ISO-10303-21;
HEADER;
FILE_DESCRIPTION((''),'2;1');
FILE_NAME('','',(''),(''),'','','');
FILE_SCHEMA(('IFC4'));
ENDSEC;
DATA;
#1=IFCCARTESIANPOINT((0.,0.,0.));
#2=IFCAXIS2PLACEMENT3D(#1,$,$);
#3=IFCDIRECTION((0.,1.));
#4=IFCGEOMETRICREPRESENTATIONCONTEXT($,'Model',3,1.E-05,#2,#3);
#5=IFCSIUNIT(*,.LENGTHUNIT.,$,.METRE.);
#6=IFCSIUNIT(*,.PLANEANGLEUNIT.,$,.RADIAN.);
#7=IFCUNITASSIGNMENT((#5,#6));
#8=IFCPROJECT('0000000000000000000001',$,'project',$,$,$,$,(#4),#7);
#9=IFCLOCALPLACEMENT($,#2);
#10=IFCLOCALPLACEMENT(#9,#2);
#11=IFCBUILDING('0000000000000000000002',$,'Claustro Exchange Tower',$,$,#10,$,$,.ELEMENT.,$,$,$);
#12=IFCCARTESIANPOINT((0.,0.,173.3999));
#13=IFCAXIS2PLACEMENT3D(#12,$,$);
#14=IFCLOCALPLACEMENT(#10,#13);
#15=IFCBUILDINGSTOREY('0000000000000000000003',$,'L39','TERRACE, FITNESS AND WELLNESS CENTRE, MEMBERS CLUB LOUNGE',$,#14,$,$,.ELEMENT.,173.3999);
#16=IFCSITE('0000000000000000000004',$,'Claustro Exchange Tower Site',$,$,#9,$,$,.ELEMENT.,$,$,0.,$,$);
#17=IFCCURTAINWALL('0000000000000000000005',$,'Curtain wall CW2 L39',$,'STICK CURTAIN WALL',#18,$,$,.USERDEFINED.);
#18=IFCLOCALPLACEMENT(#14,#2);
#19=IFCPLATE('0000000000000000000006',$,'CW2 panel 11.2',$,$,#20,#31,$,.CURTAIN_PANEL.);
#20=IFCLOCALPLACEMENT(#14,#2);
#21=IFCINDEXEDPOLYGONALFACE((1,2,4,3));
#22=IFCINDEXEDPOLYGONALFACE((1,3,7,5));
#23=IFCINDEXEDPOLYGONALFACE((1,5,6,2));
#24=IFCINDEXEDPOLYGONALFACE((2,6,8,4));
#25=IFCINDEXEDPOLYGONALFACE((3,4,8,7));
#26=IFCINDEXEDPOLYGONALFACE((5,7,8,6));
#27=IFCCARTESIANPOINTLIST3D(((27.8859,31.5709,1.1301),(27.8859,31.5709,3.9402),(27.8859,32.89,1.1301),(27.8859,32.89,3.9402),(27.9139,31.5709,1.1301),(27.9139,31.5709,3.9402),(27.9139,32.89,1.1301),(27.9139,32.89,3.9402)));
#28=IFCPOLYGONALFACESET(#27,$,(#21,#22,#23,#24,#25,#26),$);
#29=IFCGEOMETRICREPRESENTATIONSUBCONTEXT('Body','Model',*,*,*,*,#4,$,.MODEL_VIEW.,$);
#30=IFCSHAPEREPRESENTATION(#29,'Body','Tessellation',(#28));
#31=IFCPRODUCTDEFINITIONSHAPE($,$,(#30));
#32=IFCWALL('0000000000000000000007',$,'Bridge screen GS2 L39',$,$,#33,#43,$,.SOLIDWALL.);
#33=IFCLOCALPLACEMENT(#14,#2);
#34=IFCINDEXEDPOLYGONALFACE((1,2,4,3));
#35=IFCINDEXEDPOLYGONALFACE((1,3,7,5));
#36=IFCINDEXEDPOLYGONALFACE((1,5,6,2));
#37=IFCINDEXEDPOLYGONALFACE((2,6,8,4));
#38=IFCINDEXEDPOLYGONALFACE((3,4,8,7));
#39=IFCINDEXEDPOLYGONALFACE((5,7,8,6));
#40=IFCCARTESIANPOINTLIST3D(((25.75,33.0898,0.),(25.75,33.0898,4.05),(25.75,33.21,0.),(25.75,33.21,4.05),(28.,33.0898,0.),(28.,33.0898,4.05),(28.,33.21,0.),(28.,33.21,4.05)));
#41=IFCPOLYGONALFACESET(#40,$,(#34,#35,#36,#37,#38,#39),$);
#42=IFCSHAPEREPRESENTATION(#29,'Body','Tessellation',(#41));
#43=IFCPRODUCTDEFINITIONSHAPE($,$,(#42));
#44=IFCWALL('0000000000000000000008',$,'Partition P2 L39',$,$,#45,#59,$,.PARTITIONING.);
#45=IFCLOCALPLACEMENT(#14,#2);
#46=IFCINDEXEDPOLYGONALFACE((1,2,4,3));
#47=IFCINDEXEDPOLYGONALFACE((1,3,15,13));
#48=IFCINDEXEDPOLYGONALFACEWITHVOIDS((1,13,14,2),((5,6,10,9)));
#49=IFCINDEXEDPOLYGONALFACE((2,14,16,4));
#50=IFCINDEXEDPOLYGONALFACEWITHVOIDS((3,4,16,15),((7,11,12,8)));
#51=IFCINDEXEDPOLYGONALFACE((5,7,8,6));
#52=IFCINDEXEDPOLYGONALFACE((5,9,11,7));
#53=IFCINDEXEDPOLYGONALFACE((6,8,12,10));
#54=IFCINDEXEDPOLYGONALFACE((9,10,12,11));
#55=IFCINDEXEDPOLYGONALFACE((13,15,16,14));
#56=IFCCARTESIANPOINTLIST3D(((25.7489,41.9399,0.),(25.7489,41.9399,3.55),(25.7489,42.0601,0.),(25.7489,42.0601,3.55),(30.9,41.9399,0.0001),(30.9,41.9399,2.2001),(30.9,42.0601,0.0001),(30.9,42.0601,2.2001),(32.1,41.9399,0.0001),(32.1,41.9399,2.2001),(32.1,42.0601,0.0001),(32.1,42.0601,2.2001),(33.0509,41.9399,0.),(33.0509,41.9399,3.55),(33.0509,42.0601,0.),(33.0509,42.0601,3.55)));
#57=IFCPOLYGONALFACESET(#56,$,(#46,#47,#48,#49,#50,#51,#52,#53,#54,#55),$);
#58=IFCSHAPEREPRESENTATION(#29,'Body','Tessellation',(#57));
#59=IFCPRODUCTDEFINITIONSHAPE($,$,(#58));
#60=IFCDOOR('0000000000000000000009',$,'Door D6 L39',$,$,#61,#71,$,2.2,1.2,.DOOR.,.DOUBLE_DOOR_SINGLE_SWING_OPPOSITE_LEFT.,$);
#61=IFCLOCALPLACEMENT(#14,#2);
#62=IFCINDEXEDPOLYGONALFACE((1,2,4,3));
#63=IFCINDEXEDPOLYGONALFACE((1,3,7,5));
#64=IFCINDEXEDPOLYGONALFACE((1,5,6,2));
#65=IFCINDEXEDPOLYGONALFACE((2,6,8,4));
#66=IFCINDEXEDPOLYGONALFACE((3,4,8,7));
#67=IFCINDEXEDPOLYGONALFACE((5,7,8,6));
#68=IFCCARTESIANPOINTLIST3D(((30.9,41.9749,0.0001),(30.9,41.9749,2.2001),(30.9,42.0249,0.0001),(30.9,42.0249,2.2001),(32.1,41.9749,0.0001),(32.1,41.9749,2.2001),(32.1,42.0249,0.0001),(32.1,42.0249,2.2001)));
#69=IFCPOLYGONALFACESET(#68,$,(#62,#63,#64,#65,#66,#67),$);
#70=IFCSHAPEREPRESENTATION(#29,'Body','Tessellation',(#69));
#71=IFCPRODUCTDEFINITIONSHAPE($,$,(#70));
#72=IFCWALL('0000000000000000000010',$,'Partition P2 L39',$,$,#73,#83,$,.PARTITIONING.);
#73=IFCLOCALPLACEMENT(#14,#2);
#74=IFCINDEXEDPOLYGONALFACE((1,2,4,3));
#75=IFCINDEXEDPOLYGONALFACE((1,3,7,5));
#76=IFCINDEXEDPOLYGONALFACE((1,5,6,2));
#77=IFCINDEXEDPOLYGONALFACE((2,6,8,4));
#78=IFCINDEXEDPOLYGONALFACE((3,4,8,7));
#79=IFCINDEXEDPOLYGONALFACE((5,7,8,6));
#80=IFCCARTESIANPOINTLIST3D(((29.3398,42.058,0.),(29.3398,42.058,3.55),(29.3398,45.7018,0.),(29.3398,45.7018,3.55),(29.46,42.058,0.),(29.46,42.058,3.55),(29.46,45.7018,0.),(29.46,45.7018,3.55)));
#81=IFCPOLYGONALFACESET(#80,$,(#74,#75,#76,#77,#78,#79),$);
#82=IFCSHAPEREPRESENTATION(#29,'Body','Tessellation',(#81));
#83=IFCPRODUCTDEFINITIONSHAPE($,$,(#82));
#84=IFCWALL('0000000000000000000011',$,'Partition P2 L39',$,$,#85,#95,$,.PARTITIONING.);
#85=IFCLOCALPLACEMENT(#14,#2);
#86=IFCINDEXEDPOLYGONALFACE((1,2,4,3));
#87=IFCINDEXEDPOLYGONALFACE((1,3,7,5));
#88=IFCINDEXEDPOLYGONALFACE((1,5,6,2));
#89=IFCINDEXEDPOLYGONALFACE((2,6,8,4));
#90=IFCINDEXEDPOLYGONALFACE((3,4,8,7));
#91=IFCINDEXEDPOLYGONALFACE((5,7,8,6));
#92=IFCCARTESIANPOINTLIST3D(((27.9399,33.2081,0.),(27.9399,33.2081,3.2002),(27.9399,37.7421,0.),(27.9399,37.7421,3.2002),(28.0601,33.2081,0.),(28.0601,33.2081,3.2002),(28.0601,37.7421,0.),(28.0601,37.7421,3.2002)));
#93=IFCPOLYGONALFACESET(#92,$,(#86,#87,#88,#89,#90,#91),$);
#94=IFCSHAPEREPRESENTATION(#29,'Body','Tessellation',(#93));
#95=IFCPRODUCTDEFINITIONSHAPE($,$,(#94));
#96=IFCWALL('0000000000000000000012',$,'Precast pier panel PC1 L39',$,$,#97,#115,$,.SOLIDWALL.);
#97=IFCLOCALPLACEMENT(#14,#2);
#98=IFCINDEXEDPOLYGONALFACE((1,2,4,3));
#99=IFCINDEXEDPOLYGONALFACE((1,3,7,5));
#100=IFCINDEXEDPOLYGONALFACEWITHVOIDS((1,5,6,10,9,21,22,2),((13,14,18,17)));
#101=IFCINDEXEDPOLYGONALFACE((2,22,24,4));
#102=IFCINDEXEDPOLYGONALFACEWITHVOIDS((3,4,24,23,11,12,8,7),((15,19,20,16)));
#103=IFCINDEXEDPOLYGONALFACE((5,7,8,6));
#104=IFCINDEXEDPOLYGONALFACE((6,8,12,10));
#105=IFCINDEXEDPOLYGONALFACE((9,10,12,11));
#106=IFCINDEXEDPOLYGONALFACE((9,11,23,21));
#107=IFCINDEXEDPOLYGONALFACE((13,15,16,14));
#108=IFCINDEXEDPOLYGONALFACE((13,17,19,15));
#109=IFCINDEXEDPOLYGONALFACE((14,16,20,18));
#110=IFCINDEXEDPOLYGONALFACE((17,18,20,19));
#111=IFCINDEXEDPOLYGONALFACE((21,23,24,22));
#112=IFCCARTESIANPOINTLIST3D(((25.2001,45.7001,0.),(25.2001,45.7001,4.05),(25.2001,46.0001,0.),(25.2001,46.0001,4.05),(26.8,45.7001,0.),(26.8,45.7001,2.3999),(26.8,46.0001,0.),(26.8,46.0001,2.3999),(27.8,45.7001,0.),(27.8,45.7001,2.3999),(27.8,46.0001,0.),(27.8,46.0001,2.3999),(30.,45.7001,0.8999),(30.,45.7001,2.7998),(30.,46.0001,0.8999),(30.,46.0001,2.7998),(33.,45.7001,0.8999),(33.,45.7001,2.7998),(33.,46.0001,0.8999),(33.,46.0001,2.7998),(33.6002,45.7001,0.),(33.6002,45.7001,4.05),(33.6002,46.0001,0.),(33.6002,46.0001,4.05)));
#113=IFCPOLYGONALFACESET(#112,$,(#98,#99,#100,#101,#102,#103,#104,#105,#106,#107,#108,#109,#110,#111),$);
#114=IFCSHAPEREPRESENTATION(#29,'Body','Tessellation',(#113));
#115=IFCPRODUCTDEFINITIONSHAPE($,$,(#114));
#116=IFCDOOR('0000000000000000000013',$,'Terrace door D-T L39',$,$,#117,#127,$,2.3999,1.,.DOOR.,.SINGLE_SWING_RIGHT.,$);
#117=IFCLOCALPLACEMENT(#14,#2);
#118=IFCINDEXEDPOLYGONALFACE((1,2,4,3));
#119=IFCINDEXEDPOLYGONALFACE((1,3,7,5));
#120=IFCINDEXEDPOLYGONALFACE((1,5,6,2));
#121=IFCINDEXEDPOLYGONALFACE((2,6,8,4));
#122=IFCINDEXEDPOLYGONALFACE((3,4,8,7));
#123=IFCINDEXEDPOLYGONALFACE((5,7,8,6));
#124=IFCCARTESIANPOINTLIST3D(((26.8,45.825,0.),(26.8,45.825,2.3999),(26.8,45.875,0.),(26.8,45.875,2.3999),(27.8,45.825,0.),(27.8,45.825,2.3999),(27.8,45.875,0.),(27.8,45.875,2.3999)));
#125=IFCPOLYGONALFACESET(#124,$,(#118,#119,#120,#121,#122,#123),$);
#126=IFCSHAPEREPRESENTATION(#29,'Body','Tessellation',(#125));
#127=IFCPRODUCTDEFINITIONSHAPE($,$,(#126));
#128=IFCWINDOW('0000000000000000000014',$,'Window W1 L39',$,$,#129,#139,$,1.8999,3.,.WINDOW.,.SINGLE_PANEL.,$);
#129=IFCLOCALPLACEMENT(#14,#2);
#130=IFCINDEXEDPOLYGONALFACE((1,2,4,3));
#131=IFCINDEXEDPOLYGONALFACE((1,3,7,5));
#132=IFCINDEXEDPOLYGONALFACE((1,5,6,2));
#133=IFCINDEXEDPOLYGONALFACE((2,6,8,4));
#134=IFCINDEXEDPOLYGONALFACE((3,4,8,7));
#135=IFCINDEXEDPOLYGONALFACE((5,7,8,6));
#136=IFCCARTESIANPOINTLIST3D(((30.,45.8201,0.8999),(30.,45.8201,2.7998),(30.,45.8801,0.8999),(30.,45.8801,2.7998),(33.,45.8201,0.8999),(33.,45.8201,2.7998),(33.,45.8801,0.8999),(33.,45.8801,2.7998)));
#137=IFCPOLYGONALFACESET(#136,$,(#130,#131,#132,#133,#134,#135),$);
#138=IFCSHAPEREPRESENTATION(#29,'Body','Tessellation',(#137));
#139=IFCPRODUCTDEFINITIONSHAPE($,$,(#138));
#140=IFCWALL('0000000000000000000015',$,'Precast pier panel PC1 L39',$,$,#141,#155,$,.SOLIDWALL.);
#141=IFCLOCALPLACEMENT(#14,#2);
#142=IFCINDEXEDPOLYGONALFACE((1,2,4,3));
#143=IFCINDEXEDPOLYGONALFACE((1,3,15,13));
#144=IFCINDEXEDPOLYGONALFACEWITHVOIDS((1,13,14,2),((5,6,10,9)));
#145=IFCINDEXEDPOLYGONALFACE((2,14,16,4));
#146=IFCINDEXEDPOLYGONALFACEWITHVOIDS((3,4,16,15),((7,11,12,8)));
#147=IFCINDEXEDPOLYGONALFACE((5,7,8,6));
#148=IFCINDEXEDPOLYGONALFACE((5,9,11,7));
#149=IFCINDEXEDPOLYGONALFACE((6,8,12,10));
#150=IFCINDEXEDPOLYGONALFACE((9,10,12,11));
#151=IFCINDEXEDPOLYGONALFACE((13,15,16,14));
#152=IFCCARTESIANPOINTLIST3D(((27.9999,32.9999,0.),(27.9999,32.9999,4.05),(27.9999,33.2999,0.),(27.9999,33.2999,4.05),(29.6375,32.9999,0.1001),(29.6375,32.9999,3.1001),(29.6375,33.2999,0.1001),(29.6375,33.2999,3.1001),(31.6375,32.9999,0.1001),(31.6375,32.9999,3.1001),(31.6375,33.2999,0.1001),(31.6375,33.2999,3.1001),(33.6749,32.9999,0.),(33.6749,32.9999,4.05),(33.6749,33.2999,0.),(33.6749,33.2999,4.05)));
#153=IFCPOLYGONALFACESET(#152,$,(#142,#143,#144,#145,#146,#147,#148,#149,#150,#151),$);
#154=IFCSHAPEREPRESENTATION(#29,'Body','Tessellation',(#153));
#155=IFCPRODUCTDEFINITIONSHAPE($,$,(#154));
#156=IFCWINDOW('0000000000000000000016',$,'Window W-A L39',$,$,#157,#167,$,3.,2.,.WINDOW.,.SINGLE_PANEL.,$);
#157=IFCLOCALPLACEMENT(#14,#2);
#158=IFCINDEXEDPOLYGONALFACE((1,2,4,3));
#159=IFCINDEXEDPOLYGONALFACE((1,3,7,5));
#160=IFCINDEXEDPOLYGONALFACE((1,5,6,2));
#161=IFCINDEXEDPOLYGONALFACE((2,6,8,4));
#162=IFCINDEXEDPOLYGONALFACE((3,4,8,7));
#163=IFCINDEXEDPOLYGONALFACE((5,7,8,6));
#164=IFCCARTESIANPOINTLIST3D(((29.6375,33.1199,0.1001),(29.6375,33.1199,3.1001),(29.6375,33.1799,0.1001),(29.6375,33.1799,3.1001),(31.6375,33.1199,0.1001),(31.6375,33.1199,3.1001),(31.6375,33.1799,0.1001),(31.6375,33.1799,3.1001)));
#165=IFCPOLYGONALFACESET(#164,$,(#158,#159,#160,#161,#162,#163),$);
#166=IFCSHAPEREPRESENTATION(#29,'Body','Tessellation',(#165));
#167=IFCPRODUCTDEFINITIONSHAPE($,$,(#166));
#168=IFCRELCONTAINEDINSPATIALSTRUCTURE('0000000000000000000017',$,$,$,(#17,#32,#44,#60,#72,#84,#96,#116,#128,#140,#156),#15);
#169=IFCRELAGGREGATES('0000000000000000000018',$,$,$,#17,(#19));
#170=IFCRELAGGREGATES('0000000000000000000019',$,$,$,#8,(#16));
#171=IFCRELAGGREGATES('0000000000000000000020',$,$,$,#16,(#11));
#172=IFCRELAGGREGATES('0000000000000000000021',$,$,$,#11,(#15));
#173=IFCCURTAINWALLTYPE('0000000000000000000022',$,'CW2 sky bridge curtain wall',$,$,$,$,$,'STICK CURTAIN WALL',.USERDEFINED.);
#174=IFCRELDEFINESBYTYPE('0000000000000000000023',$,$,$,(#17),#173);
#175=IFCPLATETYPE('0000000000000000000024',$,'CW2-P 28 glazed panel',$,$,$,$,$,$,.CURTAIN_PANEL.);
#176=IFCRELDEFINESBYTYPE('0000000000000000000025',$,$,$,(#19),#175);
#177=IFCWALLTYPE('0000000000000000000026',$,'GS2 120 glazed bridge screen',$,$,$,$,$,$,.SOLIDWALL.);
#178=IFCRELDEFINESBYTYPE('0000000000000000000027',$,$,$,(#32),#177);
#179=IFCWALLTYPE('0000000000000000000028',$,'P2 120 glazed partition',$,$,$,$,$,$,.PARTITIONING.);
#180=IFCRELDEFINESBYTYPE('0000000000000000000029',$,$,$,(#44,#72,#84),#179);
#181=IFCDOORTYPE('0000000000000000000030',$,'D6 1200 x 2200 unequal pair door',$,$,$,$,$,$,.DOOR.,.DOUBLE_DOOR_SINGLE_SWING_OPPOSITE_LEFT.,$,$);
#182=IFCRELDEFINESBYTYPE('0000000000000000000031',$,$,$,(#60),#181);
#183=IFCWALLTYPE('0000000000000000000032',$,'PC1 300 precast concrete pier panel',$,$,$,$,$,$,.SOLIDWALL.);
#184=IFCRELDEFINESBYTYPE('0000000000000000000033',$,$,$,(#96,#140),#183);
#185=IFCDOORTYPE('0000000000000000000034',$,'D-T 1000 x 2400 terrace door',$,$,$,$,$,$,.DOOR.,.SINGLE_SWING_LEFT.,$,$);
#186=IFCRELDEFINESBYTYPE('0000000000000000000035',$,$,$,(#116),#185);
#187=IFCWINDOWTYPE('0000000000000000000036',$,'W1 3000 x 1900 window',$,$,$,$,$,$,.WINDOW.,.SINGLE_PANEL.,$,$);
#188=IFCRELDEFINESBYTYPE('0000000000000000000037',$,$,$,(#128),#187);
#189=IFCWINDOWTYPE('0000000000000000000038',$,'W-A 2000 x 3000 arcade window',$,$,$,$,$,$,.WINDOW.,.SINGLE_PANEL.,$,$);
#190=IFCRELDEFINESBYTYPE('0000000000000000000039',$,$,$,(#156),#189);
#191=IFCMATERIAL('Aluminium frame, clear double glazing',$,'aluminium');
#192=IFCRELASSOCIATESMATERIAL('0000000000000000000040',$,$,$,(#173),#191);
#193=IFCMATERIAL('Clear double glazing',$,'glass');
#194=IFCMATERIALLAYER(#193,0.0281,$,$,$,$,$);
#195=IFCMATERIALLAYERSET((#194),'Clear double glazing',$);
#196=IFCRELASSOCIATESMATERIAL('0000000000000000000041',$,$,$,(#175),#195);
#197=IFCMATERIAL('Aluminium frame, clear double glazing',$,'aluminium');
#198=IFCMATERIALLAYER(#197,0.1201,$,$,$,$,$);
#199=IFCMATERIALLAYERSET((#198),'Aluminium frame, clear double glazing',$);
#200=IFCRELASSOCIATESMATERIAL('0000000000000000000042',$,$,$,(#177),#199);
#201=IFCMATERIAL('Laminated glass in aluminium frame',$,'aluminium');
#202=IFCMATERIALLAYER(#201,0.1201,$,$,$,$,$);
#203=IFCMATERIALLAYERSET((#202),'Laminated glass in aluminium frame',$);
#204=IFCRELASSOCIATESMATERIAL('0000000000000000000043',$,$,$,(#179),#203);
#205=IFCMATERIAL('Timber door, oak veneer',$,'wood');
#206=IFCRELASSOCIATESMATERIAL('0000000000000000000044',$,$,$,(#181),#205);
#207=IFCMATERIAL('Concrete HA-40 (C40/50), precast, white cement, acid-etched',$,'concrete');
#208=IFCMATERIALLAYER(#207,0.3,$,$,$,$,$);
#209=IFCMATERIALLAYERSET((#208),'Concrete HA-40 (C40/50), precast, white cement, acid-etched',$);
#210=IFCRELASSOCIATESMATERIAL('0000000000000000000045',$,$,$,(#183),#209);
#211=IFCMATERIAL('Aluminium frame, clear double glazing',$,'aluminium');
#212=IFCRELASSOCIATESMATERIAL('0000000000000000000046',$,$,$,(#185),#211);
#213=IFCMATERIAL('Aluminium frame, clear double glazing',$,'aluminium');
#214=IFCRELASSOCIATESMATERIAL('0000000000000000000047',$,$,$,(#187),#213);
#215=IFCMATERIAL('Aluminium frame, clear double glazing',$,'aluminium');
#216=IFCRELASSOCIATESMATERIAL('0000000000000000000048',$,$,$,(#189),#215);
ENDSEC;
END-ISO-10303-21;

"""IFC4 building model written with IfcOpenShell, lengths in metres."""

from ifc_helpers import new_model, si_unit, direction, frame, frame_2d, origin, origin_2d, place, context, subcontext, project, spatial, rectangle, extrude, material, layer, layer_set, type_object, element, fill, aggregate, save


model = new_model("IFC4")

# Units and contexts
model_context = context("Model", 3, precision=1e-05, world=origin(), true_north=direction((0.0, 1.0)))
body_context = subcontext(model_context, "Body", "Model", "MODEL_VIEW")
ifc_project = project(units=[si_unit("LENGTHUNIT", "METRE"), si_unit("PLANEANGLEUNIT", "RADIAN")], contexts=[model_context])

# Site, building, storey
site_placement = place(None, origin())
site = spatial("IfcSite", under=ifc_project, at=site_placement, Name="Claustro Exchange Tower Site", CompositionType="ELEMENT", RefElevation=0.0)
building_placement = place(site_placement, origin())
building = spatial("IfcBuilding", under=site, at=building_placement, Name="Claustro Exchange Tower", CompositionType="ELEMENT")
storey_placement = place(building_placement, frame((0.0, 0.0, 173.3999)))
storey = spatial("IfcBuildingStorey", under=building, at=storey_placement, Name="L39", Description="TERRACE, FITNESS AND WELLNESS CENTRE, MEMBERS CLUB LOUNGE", CompositionType="ELEMENT", Elevation=173.3999)

# Curtain wall
ifc_material_1 = material(Name="Aluminium frame, clear double glazing", Category="aluminium")
curtain_wall_type = type_object("IfcCurtainWallType", Name="CW2 sky bridge curtain wall", ElementType="STICK CURTAIN WALL", PredefinedType="USERDEFINED", material=ifc_material_1)
curtain_wall_1_placement = place(storey_placement, origin())
curtain_wall_1 = element("IfcCurtainWall", 1, at=curtain_wall_1_placement, inside=storey, type_object=curtain_wall_type, Name="Curtain wall CW2 L39", ObjectType="STICK CURTAIN WALL", PredefinedType="USERDEFINED")

# Plate
ifc_material_2 = material(Name="Clear double glazing", Category="glass")
ifc_layer_1 = layer(ifc_material_2, 0.0281)
ifc_layer_set_1 = layer_set([ifc_layer_1], Name="Clear double glazing")
plate_type = type_object("IfcPlateType", Name="CW2-P 28 glazed panel", PredefinedType="CURTAIN_PANEL", material=ifc_layer_set_1)
plate_1_placement = place(storey_placement, frame((27.8999, 32.2305, 1.1301), z_axis=(0.0, 0.0, 1.0), x_axis=(0.0, 1.0, 0.0)))
plate_1 = element("IfcPlate", 2, at=plate_1_placement, type_object=plate_type, Name="CW2 panel 11.2", PredefinedType="CURTAIN_PANEL", context=body_context, shape_type="SweptSolid", body=[
    extrude(rectangle(XDim=1.3191, YDim=0.0281, at=origin_2d()), origin(), (0.0, 0.0, 1.0), 2.8101),
])
aggregate(curtain_wall_1, [plate_1])

# Wall
ifc_material_3 = material(Name="Aluminium frame, clear double glazing", Category="aluminium")
ifc_layer_2 = layer(ifc_material_3, 0.1201)
ifc_layer_set_2 = layer_set([ifc_layer_2], Name="Aluminium frame, clear double glazing")
wall_type_1 = type_object("IfcWallType", Name="GS2 120 glazed bridge screen", PredefinedType="SOLIDWALL", material=ifc_layer_set_2)
wall_1_placement = place(storey_placement, frame((25.75, 33.1499, 0.0), z_axis=(0.0, 0.0, 1.0), x_axis=(1.0, 0.0, 0.0)))
element("IfcWall", 3, at=wall_1_placement, inside=storey, type_object=wall_type_1, Name="Bridge screen GS2 L39", PredefinedType="SOLIDWALL", context=body_context, shape_type="SweptSolid", body=[
    extrude(rectangle(XDim=2.25, YDim=0.1201, at=frame_2d((1.125, 0.0))), origin(), (0.0, 0.0, 1.0), 4.05),
])

# Wall, opening, door
ifc_material_4 = material(Name="Laminated glass in aluminium frame", Category="aluminium")
ifc_layer_3 = layer(ifc_material_4, 0.1201)
ifc_layer_set_3 = layer_set([ifc_layer_3], Name="Laminated glass in aluminium frame")
wall_type_2 = type_object("IfcWallType", Name="P2 120 glazed partition", PredefinedType="PARTITIONING", material=ifc_layer_set_3)
wall_2_placement = place(storey_placement, frame((25.749, 42.0, 0.0), z_axis=(0.0, 0.0, 1.0), x_axis=(1.0, 0.0, 0.0)))
wall_2 = element("IfcWall", 4, at=wall_2_placement, inside=storey, type_object=wall_type_2, Name="Partition P2 L39", PredefinedType="PARTITIONING", context=body_context, shape_type="SweptSolid", body=[
    extrude(rectangle(XDim=7.302, YDim=0.1201, at=frame_2d((3.6509, 0.0))), origin(), (0.0, 0.0, 1.0), 3.55),
])
opening_1_placement = place(wall_2_placement, frame((5.1509, 0.0, 0.0)))
opening_1 = element("IfcOpeningElement", 5, at=opening_1_placement, cuts=wall_2, PredefinedType="OPENING", context=body_context, shape_type="SweptSolid", body=[
    extrude(rectangle(XDim=1.2, YDim=2.2, at=frame_2d((0.6001, 1.1001))), frame((0.0, 0.0701, 0.0), z_axis=(0.0, -1.0, 0.0), x_axis=(1.0, 0.0, 0.0)), (0.0, 0.0, 1.0), 0.1401),
])
ifc_material_5 = material(Name="Timber door, oak veneer", Category="wood")
door_type_1 = type_object("IfcDoorType", Name="D6 1200 x 2200 unequal pair door", OperationType="DOUBLE_DOOR_SINGLE_SWING_OPPOSITE_LEFT", PredefinedType="DOOR", material=ifc_material_5)
door_1_placement = place(opening_1_placement, origin())
door_1 = element("IfcDoor", 6, at=door_1_placement, inside=storey, type_object=door_type_1, Name="Door D6 L39", OperationType="DOUBLE_DOOR_SINGLE_SWING_OPPOSITE_LEFT", OverallHeight=2.2, OverallWidth=1.2, PredefinedType="DOOR", context=body_context, shape_type="SweptSolid", body=[
    extrude(rectangle(XDim=1.2, YDim=2.2, at=frame_2d((0.6001, 1.1001))), frame((0.0, 0.0249, 0.0), z_axis=(0.0, -1.0, 0.0), x_axis=(1.0, 0.0, 0.0)), (0.0, 0.0, 1.0), 0.05),
])
fill(opening_1, door_1)

# Walls
wall_3_placement = place(storey_placement, frame((29.3999, 42.0581, 0.0), z_axis=(0.0, 0.0, 1.0), x_axis=(0.0, 1.0, 0.0)))
element("IfcWall", 7, at=wall_3_placement, inside=storey, type_object=wall_type_2, Name="Partition P2 L39", PredefinedType="PARTITIONING", context=body_context, shape_type="SweptSolid", body=[
    extrude(rectangle(XDim=3.6438, YDim=0.1201, at=frame_2d((1.8218, 0.0))), origin(), (0.0, 0.0, 1.0), 3.55),
])
wall_4_placement = place(storey_placement, frame((28.0, 33.208, 0.0), z_axis=(0.0, 0.0, 1.0), x_axis=(0.0, 1.0, 0.0)))
element("IfcWall", 8, at=wall_4_placement, inside=storey, type_object=wall_type_2, Name="Partition P2 L39", PredefinedType="PARTITIONING", context=body_context, shape_type="SweptSolid", body=[
    extrude(rectangle(XDim=4.5339, YDim=0.1201, at=frame_2d((2.2671, 0.0))), origin(), (0.0, 0.0, 1.0), 3.2002),
])

# Wall, openings, door, window
ifc_material_6 = material(Name="Concrete HA-40 (C40/50), precast, white cement, acid-etched", Category="concrete")
ifc_layer_4 = layer(ifc_material_6, 0.3)
ifc_layer_set_4 = layer_set([ifc_layer_4], Name="Concrete HA-40 (C40/50), precast, white cement, acid-etched")
wall_type_3 = type_object("IfcWallType", Name="PC1 300 precast concrete pier panel", PredefinedType="SOLIDWALL", material=ifc_layer_set_4)
wall_5_placement = place(storey_placement, frame((25.2, 45.8501, 0.0), z_axis=(0.0, 0.0, 1.0), x_axis=(1.0, 0.0, 0.0)))
wall_5 = element("IfcWall", 9, at=wall_5_placement, inside=storey, type_object=wall_type_3, Name="Precast pier panel PC1 L39", PredefinedType="SOLIDWALL", context=body_context, shape_type="SweptSolid", body=[
    extrude(rectangle(XDim=8.4001, YDim=0.3, at=frame_2d((4.2002, 0.0))), origin(), (0.0, 0.0, 1.0), 4.05),
])
opening_2_placement = place(wall_5_placement, frame((4.8, 0.0, 0.8999)))
opening_2 = element("IfcOpeningElement", 10, at=opening_2_placement, cuts=wall_5, PredefinedType="OPENING", context=body_context, shape_type="SweptSolid", body=[
    extrude(rectangle(XDim=3.0, YDim=1.8999, at=frame_2d((1.5, 0.95))), frame((0.0, 0.1599, 0.0), z_axis=(0.0, -1.0, 0.0), x_axis=(1.0, 0.0, 0.0)), (0.0, 0.0, 1.0), 0.3201),
])
opening_3_placement = place(wall_5_placement, frame((1.6001, 0.0, 0.0)))
opening_3 = element("IfcOpeningElement", 11, at=opening_3_placement, cuts=wall_5, PredefinedType="OPENING", context=body_context, shape_type="SweptSolid", body=[
    extrude(rectangle(XDim=1.0, YDim=2.3999, at=frame_2d((0.5, 1.2))), frame((0.0, 0.1599, 0.0), z_axis=(0.0, -1.0, 0.0), x_axis=(1.0, 0.0, 0.0)), (0.0, 0.0, 1.0), 0.3201),
])
ifc_material_7 = material(Name="Aluminium frame, clear double glazing", Category="aluminium")
door_type_2 = type_object("IfcDoorType", Name="D-T 1000 x 2400 terrace door", OperationType="SINGLE_SWING_LEFT", PredefinedType="DOOR", material=ifc_material_7)
door_2_placement = place(opening_3_placement, origin())
door_2 = element("IfcDoor", 12, at=door_2_placement, inside=storey, type_object=door_type_2, Name="Terrace door D-T L39", OperationType="SINGLE_SWING_RIGHT", OverallHeight=2.3999, OverallWidth=1.0, PredefinedType="DOOR", context=body_context, shape_type="SweptSolid", body=[
    extrude(rectangle(XDim=1.0, YDim=2.3999, at=frame_2d((0.5, 1.2))), frame((0.0, 0.0249, 0.0), z_axis=(0.0, -1.0, 0.0), x_axis=(1.0, 0.0, 0.0)), (0.0, 0.0, 1.0), 0.05),
])
fill(opening_3, door_2)
ifc_material_8 = material(Name="Aluminium frame, clear double glazing", Category="aluminium")
window_type_1 = type_object("IfcWindowType", Name="W1 3000 x 1900 window", PartitioningType="SINGLE_PANEL", PredefinedType="WINDOW", material=ifc_material_8)
window_1_placement = place(opening_2_placement, origin())
window_1 = element("IfcWindow", 13, at=window_1_placement, inside=storey, type_object=window_type_1, Name="Window W1 L39", OverallHeight=1.8999, OverallWidth=3.0, PartitioningType="SINGLE_PANEL", PredefinedType="WINDOW", context=body_context, shape_type="SweptSolid", body=[
    extrude(rectangle(XDim=3.0, YDim=1.8999, at=frame_2d((1.5, 0.95))), frame((0.0, 0.03, 0.0), z_axis=(0.0, -1.0, 0.0), x_axis=(1.0, 0.0, 0.0)), (0.0, 0.0, 1.0), 0.0601),
])
fill(opening_2, window_1)

# Wall, opening, window
wall_6_placement = place(storey_placement, frame((28.0, 33.1499, 0.0), z_axis=(0.0, 0.0, 1.0), x_axis=(1.0, 0.0, 0.0)))
wall_6 = element("IfcWall", 14, at=wall_6_placement, inside=storey, type_object=wall_type_3, Name="Precast pier panel PC1 L39", PredefinedType="SOLIDWALL", context=body_context, shape_type="SweptSolid", body=[
    extrude(rectangle(XDim=5.675, YDim=0.3, at=frame_2d((2.8374, 0.0))), origin(), (0.0, 0.0, 1.0), 4.05),
])
opening_4_placement = place(wall_6_placement, frame((1.6375, 0.0, 0.1001)))
opening_4 = element("IfcOpeningElement", 15, at=opening_4_placement, cuts=wall_6, PredefinedType="OPENING", context=body_context, shape_type="SweptSolid", body=[
    extrude(rectangle(XDim=2.0, YDim=3.0, at=frame_2d((1.0, 1.5))), frame((0.0, 0.1599, 0.0), z_axis=(0.0, -1.0, 0.0), x_axis=(1.0, 0.0, 0.0)), (0.0, 0.0, 1.0), 0.3201),
])
ifc_material_9 = material(Name="Aluminium frame, clear double glazing", Category="aluminium")
window_type_2 = type_object("IfcWindowType", Name="W-A 2000 x 3000 arcade window", PartitioningType="SINGLE_PANEL", PredefinedType="WINDOW", material=ifc_material_9)
window_2_placement = place(opening_4_placement, origin())
window_2 = element("IfcWindow", 16, at=window_2_placement, inside=storey, type_object=window_type_2, Name="Window W-A L39", OverallHeight=3.0, OverallWidth=2.0, PartitioningType="SINGLE_PANEL", PredefinedType="WINDOW", context=body_context, shape_type="SweptSolid", body=[
    extrude(rectangle(XDim=2.0, YDim=3.0, at=frame_2d((1.0, 1.5))), frame((0.0, 0.03, 0.0), z_axis=(0.0, -1.0, 0.0), x_axis=(1.0, 0.0, 0.0)), (0.0, 0.0, 1.0), 0.0601),
])
fill(opening_4, window_2)

save(model, "model.ifc")
